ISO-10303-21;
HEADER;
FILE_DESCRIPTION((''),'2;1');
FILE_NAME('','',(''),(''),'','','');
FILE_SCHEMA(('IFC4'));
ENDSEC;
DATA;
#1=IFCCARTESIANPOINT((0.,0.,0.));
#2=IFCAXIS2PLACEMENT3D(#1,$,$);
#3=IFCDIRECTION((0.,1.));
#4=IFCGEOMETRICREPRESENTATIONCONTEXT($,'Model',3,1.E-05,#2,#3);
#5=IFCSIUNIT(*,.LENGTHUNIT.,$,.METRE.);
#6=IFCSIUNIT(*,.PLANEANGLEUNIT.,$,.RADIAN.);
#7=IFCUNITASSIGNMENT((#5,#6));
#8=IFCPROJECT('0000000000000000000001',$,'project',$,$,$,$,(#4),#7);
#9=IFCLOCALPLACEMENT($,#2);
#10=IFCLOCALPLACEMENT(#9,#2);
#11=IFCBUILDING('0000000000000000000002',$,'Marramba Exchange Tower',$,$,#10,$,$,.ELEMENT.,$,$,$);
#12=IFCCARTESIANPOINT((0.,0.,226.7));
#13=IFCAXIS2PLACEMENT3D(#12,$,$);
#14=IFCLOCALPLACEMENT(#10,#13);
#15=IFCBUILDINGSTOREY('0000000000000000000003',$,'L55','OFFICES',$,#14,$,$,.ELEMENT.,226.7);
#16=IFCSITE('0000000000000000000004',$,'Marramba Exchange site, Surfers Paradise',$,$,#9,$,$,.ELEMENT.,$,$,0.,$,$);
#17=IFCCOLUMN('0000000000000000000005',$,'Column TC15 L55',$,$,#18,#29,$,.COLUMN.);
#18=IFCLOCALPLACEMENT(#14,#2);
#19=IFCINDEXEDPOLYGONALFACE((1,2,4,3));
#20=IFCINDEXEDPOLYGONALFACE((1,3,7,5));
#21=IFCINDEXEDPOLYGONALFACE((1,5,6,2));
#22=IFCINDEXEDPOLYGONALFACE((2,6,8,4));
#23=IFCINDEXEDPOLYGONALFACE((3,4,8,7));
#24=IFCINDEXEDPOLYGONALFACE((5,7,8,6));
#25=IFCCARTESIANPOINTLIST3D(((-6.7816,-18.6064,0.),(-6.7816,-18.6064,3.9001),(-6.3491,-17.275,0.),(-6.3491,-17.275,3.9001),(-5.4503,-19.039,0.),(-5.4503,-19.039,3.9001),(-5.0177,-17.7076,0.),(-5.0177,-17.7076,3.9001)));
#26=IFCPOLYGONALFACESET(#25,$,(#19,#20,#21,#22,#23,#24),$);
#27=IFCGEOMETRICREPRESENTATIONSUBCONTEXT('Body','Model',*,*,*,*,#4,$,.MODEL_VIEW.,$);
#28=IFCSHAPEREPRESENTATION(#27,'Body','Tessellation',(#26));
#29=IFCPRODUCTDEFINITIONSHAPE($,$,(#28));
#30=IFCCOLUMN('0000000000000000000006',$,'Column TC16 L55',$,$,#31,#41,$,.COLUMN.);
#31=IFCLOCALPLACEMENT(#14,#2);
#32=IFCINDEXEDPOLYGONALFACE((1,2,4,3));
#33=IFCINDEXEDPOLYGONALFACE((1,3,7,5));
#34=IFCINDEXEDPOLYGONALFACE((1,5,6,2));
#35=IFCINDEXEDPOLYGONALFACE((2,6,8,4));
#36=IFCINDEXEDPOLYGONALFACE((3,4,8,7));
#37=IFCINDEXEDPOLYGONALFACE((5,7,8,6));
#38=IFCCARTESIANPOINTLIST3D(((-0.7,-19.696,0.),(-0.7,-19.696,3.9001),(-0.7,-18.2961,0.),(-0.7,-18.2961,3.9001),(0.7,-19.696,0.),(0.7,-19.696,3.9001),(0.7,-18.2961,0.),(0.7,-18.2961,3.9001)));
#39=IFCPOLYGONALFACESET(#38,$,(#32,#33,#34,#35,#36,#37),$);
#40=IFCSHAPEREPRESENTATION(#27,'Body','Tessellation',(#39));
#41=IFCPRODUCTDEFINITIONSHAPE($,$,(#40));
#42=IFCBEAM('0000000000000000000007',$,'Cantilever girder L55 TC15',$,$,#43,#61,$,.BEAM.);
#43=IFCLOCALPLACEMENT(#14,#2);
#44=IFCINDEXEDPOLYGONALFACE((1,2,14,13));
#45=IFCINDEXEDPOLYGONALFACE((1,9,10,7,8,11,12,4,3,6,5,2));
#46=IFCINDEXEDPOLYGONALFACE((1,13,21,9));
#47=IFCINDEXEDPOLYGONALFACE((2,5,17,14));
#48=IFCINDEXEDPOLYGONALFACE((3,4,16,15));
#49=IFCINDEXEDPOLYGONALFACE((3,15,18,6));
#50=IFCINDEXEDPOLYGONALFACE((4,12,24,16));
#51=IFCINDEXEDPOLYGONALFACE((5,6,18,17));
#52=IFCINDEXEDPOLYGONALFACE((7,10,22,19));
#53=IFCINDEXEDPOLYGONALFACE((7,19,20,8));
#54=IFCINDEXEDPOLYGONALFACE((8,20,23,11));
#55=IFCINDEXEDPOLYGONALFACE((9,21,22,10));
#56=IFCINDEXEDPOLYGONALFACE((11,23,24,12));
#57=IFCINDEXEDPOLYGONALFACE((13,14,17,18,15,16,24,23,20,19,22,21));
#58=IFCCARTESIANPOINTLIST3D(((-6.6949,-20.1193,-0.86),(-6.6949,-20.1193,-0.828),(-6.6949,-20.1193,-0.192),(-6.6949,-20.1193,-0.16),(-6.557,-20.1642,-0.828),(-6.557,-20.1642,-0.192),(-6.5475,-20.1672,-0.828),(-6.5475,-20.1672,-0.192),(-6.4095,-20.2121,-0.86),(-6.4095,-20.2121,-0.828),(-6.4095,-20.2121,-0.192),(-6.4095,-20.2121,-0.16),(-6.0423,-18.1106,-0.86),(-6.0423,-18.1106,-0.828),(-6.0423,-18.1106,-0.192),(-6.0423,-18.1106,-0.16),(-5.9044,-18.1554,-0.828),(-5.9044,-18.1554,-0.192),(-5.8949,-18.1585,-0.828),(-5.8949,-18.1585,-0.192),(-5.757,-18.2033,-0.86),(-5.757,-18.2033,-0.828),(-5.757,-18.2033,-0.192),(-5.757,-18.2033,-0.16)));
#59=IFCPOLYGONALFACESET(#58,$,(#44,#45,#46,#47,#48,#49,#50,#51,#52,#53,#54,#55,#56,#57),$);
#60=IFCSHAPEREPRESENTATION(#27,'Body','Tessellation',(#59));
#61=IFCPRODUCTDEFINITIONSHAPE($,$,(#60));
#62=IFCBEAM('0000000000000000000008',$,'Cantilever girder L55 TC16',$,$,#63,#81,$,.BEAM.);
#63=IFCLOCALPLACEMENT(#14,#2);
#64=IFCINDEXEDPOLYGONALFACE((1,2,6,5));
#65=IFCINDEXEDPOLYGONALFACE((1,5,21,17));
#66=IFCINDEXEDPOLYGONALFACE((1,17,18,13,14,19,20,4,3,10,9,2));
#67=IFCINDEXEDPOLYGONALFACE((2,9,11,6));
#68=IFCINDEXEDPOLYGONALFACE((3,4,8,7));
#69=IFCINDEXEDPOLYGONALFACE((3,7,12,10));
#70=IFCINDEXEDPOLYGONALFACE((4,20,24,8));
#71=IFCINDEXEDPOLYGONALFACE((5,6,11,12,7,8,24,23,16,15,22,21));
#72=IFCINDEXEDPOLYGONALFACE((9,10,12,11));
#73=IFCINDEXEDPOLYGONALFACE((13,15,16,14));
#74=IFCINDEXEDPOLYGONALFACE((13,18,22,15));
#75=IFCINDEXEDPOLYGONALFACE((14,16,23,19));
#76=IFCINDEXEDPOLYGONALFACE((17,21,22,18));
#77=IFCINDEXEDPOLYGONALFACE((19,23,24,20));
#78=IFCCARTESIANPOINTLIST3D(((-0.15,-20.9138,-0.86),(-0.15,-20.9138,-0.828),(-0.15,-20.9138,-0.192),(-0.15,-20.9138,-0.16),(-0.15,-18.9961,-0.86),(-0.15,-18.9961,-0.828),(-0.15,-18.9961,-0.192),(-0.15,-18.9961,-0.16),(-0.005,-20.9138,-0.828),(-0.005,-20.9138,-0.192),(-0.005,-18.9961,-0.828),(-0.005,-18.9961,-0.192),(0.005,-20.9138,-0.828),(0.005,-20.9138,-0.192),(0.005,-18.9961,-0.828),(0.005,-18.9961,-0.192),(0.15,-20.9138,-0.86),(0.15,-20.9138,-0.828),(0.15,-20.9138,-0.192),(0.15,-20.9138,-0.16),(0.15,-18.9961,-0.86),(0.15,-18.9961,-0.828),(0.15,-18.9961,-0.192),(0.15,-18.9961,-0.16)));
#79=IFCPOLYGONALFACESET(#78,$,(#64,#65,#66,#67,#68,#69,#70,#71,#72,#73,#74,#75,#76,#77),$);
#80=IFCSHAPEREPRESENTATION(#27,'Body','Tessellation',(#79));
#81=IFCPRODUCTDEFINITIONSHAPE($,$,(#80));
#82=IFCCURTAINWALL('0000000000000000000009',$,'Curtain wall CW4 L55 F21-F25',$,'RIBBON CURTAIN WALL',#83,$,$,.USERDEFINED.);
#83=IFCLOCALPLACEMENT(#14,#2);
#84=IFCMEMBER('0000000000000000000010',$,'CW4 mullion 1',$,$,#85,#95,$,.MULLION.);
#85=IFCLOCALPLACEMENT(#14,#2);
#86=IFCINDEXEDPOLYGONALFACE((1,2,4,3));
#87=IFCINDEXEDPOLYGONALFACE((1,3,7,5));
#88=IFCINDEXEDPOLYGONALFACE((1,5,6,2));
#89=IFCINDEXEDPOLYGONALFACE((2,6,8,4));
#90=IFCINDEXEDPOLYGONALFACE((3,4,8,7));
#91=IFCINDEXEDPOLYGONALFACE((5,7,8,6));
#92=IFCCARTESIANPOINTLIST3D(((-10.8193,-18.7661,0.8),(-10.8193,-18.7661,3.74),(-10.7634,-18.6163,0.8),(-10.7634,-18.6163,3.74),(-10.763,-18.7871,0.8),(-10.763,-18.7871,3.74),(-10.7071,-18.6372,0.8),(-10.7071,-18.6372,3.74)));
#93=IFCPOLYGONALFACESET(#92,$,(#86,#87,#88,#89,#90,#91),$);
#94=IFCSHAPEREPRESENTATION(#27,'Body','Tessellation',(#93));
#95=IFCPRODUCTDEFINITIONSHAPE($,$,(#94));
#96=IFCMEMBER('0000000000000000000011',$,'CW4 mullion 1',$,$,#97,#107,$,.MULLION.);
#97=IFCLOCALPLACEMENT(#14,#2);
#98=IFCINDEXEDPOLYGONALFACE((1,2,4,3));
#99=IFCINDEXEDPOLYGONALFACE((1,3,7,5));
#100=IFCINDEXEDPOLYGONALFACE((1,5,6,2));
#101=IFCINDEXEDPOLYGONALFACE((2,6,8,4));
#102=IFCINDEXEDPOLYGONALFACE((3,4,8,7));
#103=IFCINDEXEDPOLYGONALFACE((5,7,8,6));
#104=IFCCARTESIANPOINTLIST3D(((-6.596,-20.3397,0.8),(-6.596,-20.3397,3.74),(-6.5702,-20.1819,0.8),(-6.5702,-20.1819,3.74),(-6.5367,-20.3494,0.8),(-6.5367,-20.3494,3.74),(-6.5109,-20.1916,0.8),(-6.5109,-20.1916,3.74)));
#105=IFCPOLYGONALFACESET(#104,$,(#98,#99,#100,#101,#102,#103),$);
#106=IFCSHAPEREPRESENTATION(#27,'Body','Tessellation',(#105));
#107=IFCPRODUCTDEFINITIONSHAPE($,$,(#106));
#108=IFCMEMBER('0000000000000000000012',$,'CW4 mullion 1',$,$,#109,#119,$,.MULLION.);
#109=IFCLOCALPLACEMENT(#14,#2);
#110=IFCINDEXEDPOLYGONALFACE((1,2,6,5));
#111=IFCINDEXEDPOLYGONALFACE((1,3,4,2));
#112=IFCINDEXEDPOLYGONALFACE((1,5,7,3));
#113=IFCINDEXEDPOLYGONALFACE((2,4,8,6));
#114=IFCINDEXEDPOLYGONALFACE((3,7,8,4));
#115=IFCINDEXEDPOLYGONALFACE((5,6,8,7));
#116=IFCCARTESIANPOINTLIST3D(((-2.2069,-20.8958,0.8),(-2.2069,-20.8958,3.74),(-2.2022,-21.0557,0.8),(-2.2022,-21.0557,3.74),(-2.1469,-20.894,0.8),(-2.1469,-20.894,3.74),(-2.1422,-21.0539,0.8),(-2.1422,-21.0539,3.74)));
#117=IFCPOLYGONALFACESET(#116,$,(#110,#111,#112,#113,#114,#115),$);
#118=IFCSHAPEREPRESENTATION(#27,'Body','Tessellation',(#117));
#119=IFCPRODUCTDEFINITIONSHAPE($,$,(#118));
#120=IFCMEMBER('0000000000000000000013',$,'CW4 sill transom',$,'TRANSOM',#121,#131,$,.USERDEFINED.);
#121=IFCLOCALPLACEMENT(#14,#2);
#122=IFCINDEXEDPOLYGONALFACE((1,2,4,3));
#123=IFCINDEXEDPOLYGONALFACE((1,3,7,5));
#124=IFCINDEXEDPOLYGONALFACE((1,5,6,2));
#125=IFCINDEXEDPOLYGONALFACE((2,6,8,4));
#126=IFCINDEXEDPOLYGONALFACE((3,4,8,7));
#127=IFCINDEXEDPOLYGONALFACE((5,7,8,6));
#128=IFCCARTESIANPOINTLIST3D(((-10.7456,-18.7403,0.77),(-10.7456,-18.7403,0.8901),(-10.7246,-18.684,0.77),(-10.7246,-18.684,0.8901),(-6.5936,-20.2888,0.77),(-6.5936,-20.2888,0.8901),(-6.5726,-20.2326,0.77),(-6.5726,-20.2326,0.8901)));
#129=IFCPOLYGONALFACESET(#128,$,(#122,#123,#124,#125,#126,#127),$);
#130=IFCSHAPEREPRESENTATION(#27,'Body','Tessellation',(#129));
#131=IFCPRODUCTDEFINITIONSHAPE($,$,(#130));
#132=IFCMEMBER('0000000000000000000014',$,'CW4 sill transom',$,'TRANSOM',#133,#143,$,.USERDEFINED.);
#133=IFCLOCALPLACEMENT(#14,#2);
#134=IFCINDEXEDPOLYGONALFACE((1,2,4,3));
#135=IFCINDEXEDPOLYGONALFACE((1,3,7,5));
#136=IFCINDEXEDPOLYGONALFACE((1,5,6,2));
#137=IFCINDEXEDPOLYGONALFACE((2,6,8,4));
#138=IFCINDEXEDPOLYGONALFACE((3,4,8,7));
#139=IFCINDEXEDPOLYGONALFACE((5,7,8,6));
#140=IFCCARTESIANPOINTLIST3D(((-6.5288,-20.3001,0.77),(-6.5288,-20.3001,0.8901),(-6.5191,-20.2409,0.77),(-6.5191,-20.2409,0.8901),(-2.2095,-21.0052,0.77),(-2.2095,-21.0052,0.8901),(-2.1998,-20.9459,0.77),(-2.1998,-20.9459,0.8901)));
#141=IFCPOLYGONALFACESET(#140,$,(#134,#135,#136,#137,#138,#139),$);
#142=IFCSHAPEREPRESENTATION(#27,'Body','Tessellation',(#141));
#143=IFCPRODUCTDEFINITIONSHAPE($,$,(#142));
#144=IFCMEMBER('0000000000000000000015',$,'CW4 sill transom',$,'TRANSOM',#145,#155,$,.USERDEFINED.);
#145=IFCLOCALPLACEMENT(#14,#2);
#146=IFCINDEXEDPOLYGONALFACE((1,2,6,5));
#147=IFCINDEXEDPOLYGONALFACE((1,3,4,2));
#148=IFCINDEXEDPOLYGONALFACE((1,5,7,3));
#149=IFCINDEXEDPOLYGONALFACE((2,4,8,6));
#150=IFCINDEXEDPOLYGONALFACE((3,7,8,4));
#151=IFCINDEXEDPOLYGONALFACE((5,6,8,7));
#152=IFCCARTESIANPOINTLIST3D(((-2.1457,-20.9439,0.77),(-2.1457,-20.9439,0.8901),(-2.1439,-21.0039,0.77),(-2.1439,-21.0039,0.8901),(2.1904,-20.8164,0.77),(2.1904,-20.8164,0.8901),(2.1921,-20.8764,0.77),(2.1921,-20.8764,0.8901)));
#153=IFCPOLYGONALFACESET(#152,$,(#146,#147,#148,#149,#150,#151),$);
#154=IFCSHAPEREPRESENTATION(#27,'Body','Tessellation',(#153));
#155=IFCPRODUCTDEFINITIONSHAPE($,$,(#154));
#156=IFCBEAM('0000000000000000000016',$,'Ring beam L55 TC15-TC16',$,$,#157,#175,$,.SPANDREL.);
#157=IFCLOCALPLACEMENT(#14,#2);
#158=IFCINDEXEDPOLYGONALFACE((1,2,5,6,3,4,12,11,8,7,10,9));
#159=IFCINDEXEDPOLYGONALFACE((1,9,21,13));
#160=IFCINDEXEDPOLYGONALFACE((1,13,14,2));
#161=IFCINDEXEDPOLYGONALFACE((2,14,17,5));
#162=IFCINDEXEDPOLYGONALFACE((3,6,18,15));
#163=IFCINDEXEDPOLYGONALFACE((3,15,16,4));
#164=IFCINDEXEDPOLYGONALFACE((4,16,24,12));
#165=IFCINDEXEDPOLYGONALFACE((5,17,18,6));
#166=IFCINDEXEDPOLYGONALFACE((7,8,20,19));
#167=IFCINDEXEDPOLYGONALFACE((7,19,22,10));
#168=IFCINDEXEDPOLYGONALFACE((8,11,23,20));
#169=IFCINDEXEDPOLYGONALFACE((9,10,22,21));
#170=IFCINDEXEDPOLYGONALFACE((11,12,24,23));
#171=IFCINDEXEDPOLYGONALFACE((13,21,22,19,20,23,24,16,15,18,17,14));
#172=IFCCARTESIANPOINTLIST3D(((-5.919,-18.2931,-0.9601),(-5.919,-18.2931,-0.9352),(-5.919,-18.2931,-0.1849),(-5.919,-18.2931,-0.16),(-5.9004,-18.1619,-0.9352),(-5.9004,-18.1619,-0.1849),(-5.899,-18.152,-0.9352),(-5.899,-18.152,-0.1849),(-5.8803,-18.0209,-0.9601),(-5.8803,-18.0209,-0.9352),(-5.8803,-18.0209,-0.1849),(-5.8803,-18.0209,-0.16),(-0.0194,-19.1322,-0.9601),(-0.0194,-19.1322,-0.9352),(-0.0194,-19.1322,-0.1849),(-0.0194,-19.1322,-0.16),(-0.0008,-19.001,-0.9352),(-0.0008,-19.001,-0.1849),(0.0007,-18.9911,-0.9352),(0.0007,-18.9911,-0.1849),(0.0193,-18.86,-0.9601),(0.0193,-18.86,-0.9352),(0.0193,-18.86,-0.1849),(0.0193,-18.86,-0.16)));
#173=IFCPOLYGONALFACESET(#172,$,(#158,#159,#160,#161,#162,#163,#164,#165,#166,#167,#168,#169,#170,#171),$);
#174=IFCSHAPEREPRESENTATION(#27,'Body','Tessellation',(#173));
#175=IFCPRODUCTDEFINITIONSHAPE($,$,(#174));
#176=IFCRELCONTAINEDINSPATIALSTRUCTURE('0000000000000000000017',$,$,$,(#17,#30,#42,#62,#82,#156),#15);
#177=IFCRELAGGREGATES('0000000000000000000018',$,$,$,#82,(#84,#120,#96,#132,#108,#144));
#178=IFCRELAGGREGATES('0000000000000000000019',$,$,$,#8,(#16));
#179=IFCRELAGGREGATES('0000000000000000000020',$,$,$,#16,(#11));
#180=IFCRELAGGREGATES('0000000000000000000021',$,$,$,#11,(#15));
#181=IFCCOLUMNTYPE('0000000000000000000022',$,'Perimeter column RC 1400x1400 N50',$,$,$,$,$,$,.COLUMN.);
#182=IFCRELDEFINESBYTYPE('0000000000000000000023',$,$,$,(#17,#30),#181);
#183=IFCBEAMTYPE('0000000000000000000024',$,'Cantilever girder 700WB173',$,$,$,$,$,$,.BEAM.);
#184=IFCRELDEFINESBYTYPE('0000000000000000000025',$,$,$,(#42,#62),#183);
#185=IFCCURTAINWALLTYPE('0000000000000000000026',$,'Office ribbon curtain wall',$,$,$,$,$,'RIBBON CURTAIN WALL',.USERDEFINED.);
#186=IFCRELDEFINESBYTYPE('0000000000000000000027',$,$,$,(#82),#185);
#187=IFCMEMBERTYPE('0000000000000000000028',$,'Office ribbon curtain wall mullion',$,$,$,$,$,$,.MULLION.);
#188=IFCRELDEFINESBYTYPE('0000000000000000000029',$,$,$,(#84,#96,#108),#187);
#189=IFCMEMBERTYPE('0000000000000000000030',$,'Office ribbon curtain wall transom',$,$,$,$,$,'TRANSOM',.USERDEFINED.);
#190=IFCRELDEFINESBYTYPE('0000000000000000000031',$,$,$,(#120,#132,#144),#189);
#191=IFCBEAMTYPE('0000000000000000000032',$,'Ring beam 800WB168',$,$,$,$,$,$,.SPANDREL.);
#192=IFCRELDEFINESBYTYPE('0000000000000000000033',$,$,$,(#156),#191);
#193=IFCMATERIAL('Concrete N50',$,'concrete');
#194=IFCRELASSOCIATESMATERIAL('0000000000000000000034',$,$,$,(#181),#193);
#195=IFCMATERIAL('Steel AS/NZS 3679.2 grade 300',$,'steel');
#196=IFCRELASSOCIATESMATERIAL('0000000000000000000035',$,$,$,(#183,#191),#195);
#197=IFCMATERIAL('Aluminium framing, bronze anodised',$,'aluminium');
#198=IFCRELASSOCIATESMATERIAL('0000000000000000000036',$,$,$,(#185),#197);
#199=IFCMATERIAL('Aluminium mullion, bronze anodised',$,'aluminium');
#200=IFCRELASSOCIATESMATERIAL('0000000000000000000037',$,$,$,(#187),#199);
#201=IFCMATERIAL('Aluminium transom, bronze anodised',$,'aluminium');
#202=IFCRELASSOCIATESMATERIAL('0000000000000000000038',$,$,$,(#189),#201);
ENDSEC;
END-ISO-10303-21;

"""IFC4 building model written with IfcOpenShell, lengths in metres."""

from ifc_helpers import new_model, si_unit, direction, frame, origin, origin_2d, place, context, subcontext, project, spatial, rectangle, i_section, extrude, material, material_profile, profile_set, type_object, element, aggregate, save


model = new_model("IFC4")

# Units and contexts
model_context = context("Model", 3, precision=1e-05, world=origin(), true_north=direction((0.0, 1.0)))
body_context = subcontext(model_context, "Body", "Model", "MODEL_VIEW")
ifc_project = project(units=[si_unit("LENGTHUNIT", "METRE"), si_unit("PLANEANGLEUNIT", "RADIAN")], contexts=[model_context])

# Site, building, storey
site_placement = place(None, origin())
site = spatial("IfcSite", under=ifc_project, at=site_placement, Name="Marramba Exchange site, Surfers Paradise", CompositionType="ELEMENT", RefElevation=0.0)
building_placement = place(site_placement, origin())
building = spatial("IfcBuilding", under=site, at=building_placement, Name="Marramba Exchange Tower", CompositionType="ELEMENT")
storey_placement = place(building_placement, frame((0.0, 0.0, 226.7)))
storey = spatial("IfcBuildingStorey", under=building, at=storey_placement, Name="L55", Description="OFFICES", CompositionType="ELEMENT", Elevation=226.7)

# Columns
ifc_material_1 = material(Name="Concrete N50", Category="concrete")
ifc_material_profile_1 = material_profile(ifc_material_1, rectangle(XDim=1.3999, YDim=1.3999, at=origin_2d()), Name="RC 1400x1400")
ifc_profile_set_1 = profile_set([ifc_material_profile_1], Name="Concrete N50")
column_type = type_object("IfcColumnType", Name="Perimeter column RC 1400x1400 N50", PredefinedType="COLUMN", material=ifc_profile_set_1)
for number, where, z_axis, x_axis, name in (
    (1, (-5.8997, -18.157, 0.0), (0.0, 0.0, 1.0), (-0.309017, -0.951057, 0.0), "Column TC15 L55"),
    (2, (0.0, -18.9961, 0.0), (0.0, 0.0, 1.0), (0.0, -1.0, 0.0), "Column TC16 L55"),
):
    element("IfcColumn", number, at=place(storey_placement, frame(where, z_axis=z_axis, x_axis=x_axis)), inside=storey, type_object=column_type, Name=name, PredefinedType="COLUMN", context=body_context, shape_type="SweptSolid", body=[
        extrude(rectangle(XDim=1.3999, YDim=1.3999, at=origin_2d()), origin(), (0.0, 0.0, 1.0), 3.9001),
    ])

# Beams
ifc_material_2 = material(Name="Steel AS/NZS 3679.2 grade 300", Category="steel")
ifc_material_profile_2 = material_profile(ifc_material_2, i_section(OverallWidth=0.3, OverallDepth=0.7, WebThickness=0.01, FlangeThickness=0.032, at=origin_2d()), Name="700WB173")
ifc_profile_set_2 = profile_set([ifc_material_profile_2], Name="Steel AS/NZS 3679.2 grade 300")
beam_type_1 = type_object("IfcBeamType", Name="Cantilever girder 700WB173", PredefinedType="BEAM", material=ifc_profile_set_2)
beam_1_placement = place(storey_placement, frame((-5.8997, -18.157, -0.51), z_axis=(-0.308971, -0.951071, 0.0), x_axis=(0.951071, -0.308971, 0.0)))
element("IfcBeam", 3, at=beam_1_placement, inside=storey, type_object=beam_type_1, Name="Cantilever girder L55 TC15", PredefinedType="BEAM", context=body_context, shape_type="SweptSolid", body=[
    extrude(i_section(OverallWidth=0.3, OverallDepth=0.7, WebThickness=0.01, FlangeThickness=0.032, at=origin_2d()), origin(), (0.0, 0.0, 1.0), 2.1121),
])
beam_2_placement = place(storey_placement, frame((0.0, -18.9961, -0.51), z_axis=(0.0, -1.0, 0.0), x_axis=(1.0, 0.0, 0.0)))
element("IfcBeam", 4, at=beam_2_placement, inside=storey, type_object=beam_type_1, Name="Cantilever girder L55 TC16", PredefinedType="BEAM", context=body_context, shape_type="SweptSolid", body=[
    extrude(i_section(OverallWidth=0.3, OverallDepth=0.7, WebThickness=0.01, FlangeThickness=0.032, at=origin_2d()), origin(), (0.0, 0.0, 1.0), 1.9177),
])

# Curtain wall, members
ifc_material_3 = material(Name="Aluminium framing, bronze anodised", Category="aluminium")
curtain_wall_type = type_object("IfcCurtainWallType", Name="Office ribbon curtain wall", ElementType="RIBBON CURTAIN WALL", PredefinedType="USERDEFINED", material=ifc_material_3)
curtain_wall_placement = place(storey_placement, origin())
curtain_wall = element("IfcCurtainWall", 5, at=curtain_wall_placement, inside=storey, type_object=curtain_wall_type, Name="Curtain wall CW4 L55 F21-F25", ObjectType="RIBBON CURTAIN WALL", PredefinedType="USERDEFINED")
ifc_material_4 = material(Name="Aluminium mullion, bronze anodised", Category="aluminium")
ifc_material_profile_3 = material_profile(ifc_material_4, rectangle(XDim=0.1599, YDim=0.0601, at=origin_2d()), Name="CW4 mullion 60x160")
ifc_profile_set_3 = profile_set([ifc_material_profile_3], Name="Aluminium mullion, bronze anodised")
member_type_1 = type_object("IfcMemberType", Name="Office ribbon curtain wall mullion", PredefinedType="MULLION", material=ifc_profile_set_3)
member_1_placement = place(storey_placement, frame((-10.7632, -18.7017, 0.8), z_axis=(0.0, 0.0, 1.0), x_axis=(0.349459, 0.936952, 0.0)))
member_1 = element("IfcMember", 6, at=member_1_placement, type_object=member_type_1, Name="CW4 mullion 1", PredefinedType="MULLION", context=body_context, shape_type="SweptSolid", body=[
    extrude(rectangle(XDim=0.1599, YDim=0.0601, at=origin_2d()), origin(), (0.0, 0.0, 1.0), 2.9399),
])
member_2_placement = place(storey_placement, frame((-6.5535, -20.2656, 0.8), z_axis=(0.0, 0.0, 1.0), x_axis=(0.161146, 0.986931, 0.0)))
member_2 = element("IfcMember", 7, at=member_2_placement, type_object=member_type_1, Name="CW4 mullion 1", PredefinedType="MULLION", context=body_context, shape_type="SweptSolid", body=[
    extrude(rectangle(XDim=0.1599, YDim=0.0601, at=origin_2d()), origin(), (0.0, 0.0, 1.0), 2.9399),
])
member_3_placement = place(storey_placement, frame((-2.1746, -20.9749, 0.8), z_axis=(0.0, 0.0, 1.0), x_axis=(-0.029393, 0.999568, 0.0)))
member_3 = element("IfcMember", 8, at=member_3_placement, type_object=member_type_1, Name="CW4 mullion 1", PredefinedType="MULLION", context=body_context, shape_type="SweptSolid", body=[
    extrude(rectangle(XDim=0.1599, YDim=0.0601, at=origin_2d()), origin(), (0.0, 0.0, 1.0), 2.9399),
])
ifc_material_5 = material(Name="Aluminium transom, bronze anodised", Category="aluminium")
ifc_material_profile_4 = material_profile(ifc_material_5, rectangle(XDim=0.0601, YDim=0.1201, at=origin_2d()), Name="CW4 transom 60x120")
ifc_profile_set_4 = profile_set([ifc_material_profile_4], Name="Aluminium transom, bronze anodised")
member_type_2 = type_object("IfcMemberType", Name="Office ribbon curtain wall transom", ElementType="TRANSOM", PredefinedType="USERDEFINED", material=ifc_profile_set_4)
member_4_placement = place(storey_placement, frame((-10.7351, -18.7122, 0.8301), z_axis=(0.936955, -0.34945, 0.0), x_axis=(0.34945, 0.936955, 0.0)))
member_4 = element("IfcMember", 9, at=member_4_placement, type_object=member_type_2, Name="CW4 sill transom", ObjectType="TRANSOM", PredefinedType="USERDEFINED", context=body_context, shape_type="SweptSolid", body=[
    extrude(rectangle(XDim=0.0601, YDim=0.1201, at=origin_2d()), origin(), (0.0, 0.0, 1.0), 4.4314),
])
member_5_placement = place(storey_placement, frame((-6.5239, -20.2705, 0.8301), z_axis=(0.986937, -0.161105, 0.0), x_axis=(0.161105, 0.986937, 0.0)))
member_5 = element("IfcMember", 10, at=member_5_placement, type_object=member_type_2, Name="CW4 sill transom", ObjectType="TRANSOM", PredefinedType="USERDEFINED", context=body_context, shape_type="SweptSolid", body=[
    extrude(rectangle(XDim=0.0601, YDim=0.1201, at=origin_2d()), origin(), (0.0, 0.0, 1.0), 4.3765),
])
member_6_placement = place(storey_placement, frame((-2.1448, -20.9739, 0.8301), z_axis=(0.999568, 0.029379, 0.0), x_axis=(-0.029379, 0.999568, 0.0)))
member_6 = element("IfcMember", 11, at=member_6_placement, type_object=member_type_2, Name="CW4 sill transom", ObjectType="TRANSOM", PredefinedType="USERDEFINED", context=body_context, shape_type="SweptSolid", body=[
    extrude(rectangle(XDim=0.0601, YDim=0.1201, at=origin_2d()), origin(), (0.0, 0.0, 1.0), 4.3379),
])

# Beam
ifc_material_profile_5 = material_profile(ifc_material_2, i_section(OverallWidth=0.2749, OverallDepth=0.8, WebThickness=0.01, FlangeThickness=0.0249, at=origin_2d()), Name="800WB168")
ifc_profile_set_5 = profile_set([ifc_material_profile_5], Name="Steel AS/NZS 3679.2 grade 300")
beam_type_2 = type_object("IfcBeamType", Name="Ring beam 800WB168", PredefinedType="SPANDREL", material=ifc_profile_set_5)
for number, where, z_axis, x_axis, name in (
    (12, (-5.8997, -18.157, -0.5601), (0.990036, -0.140813, 0.0), (0.140813, 0.990036, 0.0), "Ring beam L55 TC15-TC16"),
):
    element("IfcBeam", number, at=place(storey_placement, frame(where, z_axis=z_axis, x_axis=x_axis)), inside=storey, type_object=beam_type_2, Name=name, PredefinedType="SPANDREL", context=body_context, shape_type="SweptSolid", body=[
        extrude(i_section(OverallWidth=0.2749, OverallDepth=0.8, WebThickness=0.01, FlangeThickness=0.0249, at=origin_2d()), origin(), (0.0, 0.0, 1.0), 5.959),
    ])

aggregate(curtain_wall, [member_1, member_4, member_2, member_5, member_3, member_6])

save(model, "model.ifc")
